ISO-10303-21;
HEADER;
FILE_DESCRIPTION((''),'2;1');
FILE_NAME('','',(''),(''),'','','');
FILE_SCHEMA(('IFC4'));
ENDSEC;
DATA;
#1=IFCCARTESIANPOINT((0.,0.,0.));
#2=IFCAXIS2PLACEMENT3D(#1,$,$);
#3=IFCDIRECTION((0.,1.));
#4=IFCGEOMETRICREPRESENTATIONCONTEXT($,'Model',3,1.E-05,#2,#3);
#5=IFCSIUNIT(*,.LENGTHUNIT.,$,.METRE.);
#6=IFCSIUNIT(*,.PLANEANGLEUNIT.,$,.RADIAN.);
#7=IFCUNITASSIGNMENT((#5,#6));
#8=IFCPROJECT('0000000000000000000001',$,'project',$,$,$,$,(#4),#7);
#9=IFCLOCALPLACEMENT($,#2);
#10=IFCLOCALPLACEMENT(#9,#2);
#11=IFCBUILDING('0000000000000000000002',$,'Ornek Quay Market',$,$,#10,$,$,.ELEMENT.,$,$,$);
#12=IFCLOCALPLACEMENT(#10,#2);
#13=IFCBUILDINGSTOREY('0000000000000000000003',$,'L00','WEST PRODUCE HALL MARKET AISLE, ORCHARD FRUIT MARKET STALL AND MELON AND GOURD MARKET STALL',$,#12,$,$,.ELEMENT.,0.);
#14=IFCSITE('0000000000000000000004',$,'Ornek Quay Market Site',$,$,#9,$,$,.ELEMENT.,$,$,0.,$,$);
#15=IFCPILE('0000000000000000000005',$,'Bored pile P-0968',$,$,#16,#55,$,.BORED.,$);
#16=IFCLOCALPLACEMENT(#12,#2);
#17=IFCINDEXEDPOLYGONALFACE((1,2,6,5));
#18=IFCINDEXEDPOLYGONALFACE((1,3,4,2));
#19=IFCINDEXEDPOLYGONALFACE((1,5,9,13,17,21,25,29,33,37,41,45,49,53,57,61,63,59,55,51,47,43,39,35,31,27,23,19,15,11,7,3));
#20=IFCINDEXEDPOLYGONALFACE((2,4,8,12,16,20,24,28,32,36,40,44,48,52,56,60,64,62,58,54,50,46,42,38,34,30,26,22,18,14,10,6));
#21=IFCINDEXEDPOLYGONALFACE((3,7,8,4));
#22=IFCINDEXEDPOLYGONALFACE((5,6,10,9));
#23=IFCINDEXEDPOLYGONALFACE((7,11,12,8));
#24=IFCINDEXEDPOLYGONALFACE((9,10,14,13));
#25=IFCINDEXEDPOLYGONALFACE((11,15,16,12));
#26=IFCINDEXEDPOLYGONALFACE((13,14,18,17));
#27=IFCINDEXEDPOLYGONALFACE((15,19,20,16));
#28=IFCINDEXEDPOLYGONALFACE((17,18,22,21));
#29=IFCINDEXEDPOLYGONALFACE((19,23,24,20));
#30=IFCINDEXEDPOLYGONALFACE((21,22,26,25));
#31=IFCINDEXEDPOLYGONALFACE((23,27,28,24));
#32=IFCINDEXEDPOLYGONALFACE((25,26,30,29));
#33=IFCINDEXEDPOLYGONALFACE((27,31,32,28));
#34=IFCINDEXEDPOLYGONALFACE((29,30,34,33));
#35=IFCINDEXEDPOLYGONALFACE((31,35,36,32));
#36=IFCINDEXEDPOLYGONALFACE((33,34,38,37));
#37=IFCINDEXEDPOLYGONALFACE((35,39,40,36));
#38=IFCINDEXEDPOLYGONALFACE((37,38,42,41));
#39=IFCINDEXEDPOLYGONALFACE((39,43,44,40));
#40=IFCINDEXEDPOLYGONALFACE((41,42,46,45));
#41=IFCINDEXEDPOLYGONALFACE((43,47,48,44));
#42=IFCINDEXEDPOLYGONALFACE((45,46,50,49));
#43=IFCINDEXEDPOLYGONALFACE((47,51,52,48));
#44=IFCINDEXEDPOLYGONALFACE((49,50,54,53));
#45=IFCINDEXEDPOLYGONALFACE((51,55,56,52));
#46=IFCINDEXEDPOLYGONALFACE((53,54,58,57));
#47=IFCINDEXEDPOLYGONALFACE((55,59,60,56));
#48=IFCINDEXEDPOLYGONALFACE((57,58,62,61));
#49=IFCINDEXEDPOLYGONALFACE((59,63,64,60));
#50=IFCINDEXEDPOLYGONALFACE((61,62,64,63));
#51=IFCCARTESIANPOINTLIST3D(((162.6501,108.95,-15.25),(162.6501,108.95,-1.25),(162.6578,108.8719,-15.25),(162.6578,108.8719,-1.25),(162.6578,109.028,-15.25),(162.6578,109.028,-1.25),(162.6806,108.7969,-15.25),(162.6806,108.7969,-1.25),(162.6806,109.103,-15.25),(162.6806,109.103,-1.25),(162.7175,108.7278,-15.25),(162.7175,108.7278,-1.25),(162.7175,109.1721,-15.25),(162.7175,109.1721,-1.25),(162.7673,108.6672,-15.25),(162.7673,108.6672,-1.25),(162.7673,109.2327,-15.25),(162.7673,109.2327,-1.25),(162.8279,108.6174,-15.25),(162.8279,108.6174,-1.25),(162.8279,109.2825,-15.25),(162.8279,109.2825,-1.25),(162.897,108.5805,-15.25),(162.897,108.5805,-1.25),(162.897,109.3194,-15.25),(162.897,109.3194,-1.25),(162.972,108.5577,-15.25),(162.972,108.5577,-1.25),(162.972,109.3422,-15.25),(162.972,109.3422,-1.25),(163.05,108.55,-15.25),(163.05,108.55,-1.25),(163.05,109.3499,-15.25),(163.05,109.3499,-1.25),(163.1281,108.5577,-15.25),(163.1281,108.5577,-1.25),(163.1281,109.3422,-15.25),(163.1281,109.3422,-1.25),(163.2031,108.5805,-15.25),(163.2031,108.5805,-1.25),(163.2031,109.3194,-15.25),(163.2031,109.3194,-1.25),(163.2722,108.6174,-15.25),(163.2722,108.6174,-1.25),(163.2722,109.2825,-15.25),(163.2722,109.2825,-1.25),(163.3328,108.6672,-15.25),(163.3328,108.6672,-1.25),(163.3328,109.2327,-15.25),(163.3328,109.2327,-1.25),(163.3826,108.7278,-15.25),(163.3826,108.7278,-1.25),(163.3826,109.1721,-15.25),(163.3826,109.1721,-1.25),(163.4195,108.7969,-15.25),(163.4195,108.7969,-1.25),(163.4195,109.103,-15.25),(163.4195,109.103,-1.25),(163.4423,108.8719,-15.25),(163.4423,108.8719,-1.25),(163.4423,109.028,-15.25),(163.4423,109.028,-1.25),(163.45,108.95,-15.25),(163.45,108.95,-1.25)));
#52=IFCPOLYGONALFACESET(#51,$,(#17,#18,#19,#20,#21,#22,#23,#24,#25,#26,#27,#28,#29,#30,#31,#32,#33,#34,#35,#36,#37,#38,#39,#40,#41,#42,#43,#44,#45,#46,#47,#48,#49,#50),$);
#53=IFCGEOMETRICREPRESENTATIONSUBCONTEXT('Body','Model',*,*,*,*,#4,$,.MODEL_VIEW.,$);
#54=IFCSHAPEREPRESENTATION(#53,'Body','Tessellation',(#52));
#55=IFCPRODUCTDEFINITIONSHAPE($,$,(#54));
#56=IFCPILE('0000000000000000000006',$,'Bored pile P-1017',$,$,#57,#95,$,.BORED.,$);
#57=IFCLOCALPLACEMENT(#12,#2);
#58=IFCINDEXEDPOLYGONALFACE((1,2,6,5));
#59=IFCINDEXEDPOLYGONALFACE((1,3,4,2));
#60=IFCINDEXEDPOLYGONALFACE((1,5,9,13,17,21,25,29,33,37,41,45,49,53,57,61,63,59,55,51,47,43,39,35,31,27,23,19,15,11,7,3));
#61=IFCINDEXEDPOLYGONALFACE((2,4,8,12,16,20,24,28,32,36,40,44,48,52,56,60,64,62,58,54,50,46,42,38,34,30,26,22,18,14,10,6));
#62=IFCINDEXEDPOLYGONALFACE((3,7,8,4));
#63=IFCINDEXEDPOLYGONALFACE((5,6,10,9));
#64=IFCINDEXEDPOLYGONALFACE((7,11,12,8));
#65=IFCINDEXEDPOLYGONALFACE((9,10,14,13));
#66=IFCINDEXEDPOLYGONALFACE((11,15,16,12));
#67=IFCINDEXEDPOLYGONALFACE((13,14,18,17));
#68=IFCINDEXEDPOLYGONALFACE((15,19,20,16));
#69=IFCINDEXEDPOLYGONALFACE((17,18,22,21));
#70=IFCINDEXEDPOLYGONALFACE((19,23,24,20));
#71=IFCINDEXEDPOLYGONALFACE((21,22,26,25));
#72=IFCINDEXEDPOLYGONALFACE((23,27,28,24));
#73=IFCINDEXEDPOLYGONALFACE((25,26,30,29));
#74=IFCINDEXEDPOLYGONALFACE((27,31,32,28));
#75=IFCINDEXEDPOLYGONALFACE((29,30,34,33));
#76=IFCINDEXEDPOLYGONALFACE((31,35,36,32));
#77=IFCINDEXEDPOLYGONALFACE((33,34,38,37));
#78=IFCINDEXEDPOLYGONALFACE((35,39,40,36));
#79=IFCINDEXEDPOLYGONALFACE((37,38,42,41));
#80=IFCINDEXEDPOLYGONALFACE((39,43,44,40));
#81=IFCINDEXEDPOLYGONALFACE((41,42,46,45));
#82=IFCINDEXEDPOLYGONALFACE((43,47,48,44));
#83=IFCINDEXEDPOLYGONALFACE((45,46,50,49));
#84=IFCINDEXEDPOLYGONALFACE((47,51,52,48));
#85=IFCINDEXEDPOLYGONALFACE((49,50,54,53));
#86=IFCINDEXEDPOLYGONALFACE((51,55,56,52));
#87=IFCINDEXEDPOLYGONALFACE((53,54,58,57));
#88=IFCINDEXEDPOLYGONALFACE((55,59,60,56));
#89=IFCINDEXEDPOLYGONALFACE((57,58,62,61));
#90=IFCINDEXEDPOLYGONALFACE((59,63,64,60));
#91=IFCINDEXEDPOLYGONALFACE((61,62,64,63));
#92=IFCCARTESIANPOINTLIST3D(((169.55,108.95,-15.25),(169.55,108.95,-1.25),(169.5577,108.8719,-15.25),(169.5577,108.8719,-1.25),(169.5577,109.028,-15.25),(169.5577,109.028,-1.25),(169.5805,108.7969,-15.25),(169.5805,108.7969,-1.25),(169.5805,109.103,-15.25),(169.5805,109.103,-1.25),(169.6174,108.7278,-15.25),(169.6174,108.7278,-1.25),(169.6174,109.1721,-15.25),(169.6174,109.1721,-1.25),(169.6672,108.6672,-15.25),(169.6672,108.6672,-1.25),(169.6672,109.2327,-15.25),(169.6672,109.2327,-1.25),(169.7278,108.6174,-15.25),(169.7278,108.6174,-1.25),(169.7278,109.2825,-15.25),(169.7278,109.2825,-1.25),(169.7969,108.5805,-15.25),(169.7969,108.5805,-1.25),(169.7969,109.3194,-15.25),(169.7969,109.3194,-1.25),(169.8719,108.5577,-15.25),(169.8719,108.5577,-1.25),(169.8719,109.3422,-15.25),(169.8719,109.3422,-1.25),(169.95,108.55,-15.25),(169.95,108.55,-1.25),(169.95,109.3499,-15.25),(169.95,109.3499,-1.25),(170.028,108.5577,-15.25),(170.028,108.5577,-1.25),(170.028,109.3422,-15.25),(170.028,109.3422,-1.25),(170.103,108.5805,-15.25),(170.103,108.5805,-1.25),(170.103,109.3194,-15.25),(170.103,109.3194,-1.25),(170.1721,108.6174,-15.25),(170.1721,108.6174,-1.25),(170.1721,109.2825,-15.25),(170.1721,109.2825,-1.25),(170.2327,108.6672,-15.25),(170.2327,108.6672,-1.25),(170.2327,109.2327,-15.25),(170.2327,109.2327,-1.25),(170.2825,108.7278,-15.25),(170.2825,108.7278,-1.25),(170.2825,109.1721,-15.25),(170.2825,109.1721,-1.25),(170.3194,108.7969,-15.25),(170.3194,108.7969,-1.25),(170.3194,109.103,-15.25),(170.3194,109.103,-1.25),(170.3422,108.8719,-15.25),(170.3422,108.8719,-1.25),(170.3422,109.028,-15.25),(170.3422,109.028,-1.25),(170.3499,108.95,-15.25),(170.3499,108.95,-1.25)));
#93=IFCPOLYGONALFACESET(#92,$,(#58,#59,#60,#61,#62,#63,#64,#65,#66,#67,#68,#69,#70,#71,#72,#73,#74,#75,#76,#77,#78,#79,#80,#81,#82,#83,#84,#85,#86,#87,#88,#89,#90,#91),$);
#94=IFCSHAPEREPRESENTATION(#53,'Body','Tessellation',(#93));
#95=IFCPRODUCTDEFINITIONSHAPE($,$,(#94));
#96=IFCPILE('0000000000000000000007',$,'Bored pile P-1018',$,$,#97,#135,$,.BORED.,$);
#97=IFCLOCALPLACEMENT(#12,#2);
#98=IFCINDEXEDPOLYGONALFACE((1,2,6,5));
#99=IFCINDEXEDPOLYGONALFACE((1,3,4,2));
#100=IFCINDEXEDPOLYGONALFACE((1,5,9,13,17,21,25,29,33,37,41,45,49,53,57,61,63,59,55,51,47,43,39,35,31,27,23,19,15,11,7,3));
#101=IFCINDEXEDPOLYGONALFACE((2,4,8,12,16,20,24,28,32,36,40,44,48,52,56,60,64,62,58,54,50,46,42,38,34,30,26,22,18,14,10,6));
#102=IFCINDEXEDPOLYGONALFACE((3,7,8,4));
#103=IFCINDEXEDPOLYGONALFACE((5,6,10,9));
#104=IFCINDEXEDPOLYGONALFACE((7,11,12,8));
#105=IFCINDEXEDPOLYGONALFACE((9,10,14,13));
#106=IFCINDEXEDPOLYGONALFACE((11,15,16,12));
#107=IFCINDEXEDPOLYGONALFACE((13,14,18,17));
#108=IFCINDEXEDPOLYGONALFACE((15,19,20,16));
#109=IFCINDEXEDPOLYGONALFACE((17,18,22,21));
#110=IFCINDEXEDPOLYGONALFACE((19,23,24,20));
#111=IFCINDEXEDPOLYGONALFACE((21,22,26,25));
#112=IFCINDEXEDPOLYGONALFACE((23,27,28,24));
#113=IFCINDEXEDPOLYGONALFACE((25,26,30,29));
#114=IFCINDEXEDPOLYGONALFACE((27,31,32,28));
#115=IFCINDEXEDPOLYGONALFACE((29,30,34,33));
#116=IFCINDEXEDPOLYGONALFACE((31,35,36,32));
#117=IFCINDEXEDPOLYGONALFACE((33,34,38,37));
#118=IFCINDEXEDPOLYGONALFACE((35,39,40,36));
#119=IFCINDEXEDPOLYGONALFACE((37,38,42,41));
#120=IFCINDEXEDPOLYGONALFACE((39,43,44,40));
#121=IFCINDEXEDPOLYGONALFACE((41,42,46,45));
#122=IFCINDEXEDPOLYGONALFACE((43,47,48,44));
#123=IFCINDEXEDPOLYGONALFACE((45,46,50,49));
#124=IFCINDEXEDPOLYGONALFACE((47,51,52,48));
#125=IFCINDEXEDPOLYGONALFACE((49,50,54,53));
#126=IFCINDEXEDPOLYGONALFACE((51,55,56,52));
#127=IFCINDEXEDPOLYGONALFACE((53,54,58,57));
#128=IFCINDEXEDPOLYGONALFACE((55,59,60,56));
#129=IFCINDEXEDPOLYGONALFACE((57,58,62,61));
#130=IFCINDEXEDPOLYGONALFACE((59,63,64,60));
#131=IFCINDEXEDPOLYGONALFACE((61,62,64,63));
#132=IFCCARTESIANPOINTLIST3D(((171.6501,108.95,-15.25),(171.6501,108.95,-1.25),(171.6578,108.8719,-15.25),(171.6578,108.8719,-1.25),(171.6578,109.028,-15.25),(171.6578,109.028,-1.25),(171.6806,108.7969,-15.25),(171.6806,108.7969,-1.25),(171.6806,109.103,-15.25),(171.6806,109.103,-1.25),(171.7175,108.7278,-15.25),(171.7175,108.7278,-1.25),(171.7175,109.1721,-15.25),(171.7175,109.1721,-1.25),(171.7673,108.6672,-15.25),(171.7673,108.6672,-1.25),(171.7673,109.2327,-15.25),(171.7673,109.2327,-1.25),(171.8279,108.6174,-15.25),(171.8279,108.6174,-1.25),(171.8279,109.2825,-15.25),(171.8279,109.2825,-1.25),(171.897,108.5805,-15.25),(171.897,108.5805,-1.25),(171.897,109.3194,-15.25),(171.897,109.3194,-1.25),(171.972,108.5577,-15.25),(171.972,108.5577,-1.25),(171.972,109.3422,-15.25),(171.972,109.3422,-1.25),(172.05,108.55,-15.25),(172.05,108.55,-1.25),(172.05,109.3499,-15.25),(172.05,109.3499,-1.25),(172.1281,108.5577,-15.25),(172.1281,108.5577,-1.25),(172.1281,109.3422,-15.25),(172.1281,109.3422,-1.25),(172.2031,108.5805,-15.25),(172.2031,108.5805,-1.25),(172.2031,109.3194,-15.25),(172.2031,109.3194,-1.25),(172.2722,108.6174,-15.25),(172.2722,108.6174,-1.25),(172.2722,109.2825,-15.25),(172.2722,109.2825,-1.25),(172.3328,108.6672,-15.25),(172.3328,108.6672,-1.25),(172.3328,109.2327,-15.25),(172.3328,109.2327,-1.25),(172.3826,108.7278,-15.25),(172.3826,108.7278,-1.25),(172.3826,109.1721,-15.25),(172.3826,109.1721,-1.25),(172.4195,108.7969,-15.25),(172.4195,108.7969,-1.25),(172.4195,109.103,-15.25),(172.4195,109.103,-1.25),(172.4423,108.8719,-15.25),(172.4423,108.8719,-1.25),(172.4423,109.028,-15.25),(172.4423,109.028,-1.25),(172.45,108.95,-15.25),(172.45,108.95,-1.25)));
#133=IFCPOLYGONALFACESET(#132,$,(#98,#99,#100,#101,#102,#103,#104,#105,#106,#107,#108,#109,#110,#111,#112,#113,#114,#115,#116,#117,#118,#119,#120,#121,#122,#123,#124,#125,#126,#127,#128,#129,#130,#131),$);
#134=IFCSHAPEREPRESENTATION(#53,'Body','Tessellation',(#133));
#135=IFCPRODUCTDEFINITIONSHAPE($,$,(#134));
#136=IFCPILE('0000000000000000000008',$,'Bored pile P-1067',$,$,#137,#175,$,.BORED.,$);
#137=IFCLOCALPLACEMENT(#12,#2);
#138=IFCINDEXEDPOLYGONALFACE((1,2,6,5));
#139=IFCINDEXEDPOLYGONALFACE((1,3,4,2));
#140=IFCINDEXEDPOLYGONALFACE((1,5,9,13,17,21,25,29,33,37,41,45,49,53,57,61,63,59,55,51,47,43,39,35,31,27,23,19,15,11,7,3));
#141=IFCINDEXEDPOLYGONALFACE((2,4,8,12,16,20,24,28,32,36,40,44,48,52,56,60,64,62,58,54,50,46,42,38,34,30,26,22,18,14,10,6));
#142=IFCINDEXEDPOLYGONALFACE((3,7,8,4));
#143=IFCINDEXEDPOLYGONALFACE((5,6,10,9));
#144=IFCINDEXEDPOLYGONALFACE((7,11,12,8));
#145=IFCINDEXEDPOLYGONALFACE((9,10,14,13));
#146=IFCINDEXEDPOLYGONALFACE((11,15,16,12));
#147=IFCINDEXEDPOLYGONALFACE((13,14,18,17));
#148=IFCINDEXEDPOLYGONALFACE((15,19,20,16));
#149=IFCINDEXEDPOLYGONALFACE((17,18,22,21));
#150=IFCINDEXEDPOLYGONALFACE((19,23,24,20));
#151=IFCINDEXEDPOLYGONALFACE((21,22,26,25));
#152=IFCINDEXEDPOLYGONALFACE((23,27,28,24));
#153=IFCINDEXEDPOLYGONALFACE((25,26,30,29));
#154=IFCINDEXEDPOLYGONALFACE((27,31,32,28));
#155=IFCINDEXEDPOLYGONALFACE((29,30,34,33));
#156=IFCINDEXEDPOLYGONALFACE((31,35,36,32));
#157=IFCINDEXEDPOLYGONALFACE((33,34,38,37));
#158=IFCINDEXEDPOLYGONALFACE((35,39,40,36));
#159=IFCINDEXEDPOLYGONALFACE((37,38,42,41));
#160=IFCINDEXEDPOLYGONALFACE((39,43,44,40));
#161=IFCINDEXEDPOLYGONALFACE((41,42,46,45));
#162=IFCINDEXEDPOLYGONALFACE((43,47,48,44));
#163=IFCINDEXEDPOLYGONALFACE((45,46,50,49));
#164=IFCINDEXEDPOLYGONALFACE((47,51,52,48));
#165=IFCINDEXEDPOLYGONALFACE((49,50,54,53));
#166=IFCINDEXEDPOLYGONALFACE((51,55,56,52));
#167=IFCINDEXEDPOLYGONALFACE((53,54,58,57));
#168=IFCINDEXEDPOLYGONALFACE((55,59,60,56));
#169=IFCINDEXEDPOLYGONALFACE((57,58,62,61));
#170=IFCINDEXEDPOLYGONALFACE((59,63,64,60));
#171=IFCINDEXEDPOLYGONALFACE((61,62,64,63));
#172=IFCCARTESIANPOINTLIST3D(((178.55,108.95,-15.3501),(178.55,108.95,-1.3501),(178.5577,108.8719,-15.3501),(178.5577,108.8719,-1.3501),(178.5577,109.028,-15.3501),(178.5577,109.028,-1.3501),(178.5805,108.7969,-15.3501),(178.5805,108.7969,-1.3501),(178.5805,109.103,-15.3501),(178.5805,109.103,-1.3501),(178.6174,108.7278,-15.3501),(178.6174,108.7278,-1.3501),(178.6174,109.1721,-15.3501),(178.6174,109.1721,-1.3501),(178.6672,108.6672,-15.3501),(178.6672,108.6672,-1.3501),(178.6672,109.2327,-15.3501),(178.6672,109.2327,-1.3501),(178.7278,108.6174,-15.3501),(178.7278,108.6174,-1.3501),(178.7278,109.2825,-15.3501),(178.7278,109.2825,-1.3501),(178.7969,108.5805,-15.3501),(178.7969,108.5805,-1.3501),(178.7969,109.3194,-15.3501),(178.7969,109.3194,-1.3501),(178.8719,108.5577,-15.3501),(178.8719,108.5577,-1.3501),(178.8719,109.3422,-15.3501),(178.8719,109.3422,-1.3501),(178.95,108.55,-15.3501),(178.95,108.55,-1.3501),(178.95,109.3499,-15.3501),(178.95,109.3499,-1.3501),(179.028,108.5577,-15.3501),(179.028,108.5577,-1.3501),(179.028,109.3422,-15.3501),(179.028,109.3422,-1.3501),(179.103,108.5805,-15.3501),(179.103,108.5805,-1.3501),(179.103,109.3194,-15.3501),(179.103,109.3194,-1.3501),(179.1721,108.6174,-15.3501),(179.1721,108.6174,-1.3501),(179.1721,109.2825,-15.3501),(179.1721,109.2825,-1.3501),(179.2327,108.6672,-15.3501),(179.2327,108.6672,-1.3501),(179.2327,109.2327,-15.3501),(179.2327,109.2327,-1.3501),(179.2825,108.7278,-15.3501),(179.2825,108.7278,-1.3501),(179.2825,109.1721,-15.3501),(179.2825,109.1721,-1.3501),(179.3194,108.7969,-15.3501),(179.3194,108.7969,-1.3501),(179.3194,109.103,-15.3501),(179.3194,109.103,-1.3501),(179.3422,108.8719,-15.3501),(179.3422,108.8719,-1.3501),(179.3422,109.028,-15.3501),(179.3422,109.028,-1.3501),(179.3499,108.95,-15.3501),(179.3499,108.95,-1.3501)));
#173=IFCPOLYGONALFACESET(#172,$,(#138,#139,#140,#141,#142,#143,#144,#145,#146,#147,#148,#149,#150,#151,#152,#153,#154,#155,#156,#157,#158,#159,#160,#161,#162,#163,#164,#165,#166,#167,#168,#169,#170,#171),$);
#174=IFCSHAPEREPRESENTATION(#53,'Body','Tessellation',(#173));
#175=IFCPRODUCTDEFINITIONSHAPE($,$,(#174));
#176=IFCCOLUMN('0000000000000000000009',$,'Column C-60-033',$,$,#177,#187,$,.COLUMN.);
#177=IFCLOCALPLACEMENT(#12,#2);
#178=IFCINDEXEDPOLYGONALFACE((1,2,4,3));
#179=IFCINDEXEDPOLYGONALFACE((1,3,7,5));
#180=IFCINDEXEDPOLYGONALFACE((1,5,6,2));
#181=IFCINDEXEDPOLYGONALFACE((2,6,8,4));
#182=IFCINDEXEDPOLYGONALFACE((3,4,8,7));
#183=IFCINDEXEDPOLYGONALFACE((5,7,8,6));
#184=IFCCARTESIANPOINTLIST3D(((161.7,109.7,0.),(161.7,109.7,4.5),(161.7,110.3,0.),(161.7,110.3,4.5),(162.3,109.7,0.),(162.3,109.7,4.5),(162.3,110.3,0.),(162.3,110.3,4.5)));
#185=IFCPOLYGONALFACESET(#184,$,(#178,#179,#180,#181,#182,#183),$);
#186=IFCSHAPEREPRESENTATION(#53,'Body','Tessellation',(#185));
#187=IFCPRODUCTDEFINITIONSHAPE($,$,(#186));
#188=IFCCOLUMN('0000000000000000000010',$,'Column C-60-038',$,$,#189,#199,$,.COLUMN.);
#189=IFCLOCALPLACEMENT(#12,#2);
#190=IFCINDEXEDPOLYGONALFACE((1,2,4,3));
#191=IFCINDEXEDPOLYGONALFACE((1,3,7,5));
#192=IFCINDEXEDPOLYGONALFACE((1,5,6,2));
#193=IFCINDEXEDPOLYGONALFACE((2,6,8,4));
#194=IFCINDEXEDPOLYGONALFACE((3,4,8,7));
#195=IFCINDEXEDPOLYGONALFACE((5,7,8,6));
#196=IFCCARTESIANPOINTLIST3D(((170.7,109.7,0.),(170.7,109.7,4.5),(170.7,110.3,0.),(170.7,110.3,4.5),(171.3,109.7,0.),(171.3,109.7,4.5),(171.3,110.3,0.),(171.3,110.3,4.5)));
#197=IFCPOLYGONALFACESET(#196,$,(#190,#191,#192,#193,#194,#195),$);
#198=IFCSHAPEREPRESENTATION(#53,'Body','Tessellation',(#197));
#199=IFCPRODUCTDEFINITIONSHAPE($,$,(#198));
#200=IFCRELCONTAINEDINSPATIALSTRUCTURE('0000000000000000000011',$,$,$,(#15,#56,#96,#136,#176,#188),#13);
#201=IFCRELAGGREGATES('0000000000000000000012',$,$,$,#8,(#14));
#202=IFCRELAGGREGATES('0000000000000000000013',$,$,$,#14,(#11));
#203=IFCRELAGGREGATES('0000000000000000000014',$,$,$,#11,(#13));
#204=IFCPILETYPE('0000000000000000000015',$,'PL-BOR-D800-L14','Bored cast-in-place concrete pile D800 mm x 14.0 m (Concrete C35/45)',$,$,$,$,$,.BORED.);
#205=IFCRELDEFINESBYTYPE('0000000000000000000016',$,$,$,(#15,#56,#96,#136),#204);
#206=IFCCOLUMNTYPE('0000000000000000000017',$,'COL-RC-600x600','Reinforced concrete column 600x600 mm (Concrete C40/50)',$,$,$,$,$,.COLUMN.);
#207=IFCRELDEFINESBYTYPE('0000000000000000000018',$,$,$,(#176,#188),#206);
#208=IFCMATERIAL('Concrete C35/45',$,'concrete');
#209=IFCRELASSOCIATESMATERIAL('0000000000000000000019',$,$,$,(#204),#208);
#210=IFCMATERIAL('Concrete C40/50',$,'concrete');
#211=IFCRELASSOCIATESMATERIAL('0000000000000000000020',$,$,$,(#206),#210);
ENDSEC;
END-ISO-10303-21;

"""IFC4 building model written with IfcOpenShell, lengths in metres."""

from ifc_helpers import new_model, si_unit, direction, frame, origin, origin_2d, place, context, subcontext, project, spatial, rectangle, circle, extrude, material, material_profile, profile_set, type_object, element, save


model = new_model("IFC4")

# Units and contexts
model_context = context("Model", 3, precision=1e-05, world=origin(), true_north=direction((0.0, 1.0)))
body_context = subcontext(model_context, "Body", "Model", "MODEL_VIEW")
ifc_project = project(units=[si_unit("LENGTHUNIT", "METRE"), si_unit("PLANEANGLEUNIT", "RADIAN")], contexts=[model_context])

# Site, building, storey
site_placement = place(None, origin())
site = spatial("IfcSite", under=ifc_project, at=site_placement, Name="Ornek Quay Market Site", CompositionType="ELEMENT", RefElevation=0.0)
building_placement = place(site_placement, origin())
building = spatial("IfcBuilding", under=site, at=building_placement, Name="Ornek Quay Market", CompositionType="ELEMENT")
storey_placement = place(building_placement, origin())
storey = spatial("IfcBuildingStorey", under=building, at=storey_placement, Name="L00", Description="WEST PRODUCE HALL MARKET AISLE, ORCHARD FRUIT MARKET STALL AND MELON AND GOURD MARKET STALL", CompositionType="ELEMENT", Elevation=0.0)

# Piles
ifc_material_1 = material(Name="Concrete C35/45", Category="concrete")
ifc_material_profile_1 = material_profile(ifc_material_1, circle(Radius=0.3999, at=origin_2d()), Name="PILE D800", Category="concrete")
ifc_profile_set_1 = profile_set([ifc_material_profile_1], Name="Concrete C35/45")
pile_type = type_object("IfcPileType", Name="PL-BOR-D800-L14", Description="Bored cast-in-place concrete pile D800 mm x 14.0 m (Concrete C35/45)", PredefinedType="BORED", material=ifc_profile_set_1)
for number, where, z_axis, x_axis, name in (
    (1, (163.05, 108.95, -1.25), (0.0, 0.0, -1.0), (1.0, 0.0, 0.0), "Bored pile P-0968"),
    (2, (169.95, 108.95, -1.25), (0.0, 0.0, -1.0), (1.0, 0.0, 0.0), "Bored pile P-1017"),
    (3, (172.05, 108.95, -1.25), (0.0, 0.0, -1.0), (1.0, 0.0, 0.0), "Bored pile P-1018"),
    (4, (178.95, 108.95, -1.3501), (0.0, 0.0, -1.0), (1.0, 0.0, 0.0), "Bored pile P-1067"),
):
    element("IfcPile", number, at=place(storey_placement, frame(where, z_axis=z_axis, x_axis=x_axis)), inside=storey, type_object=pile_type, Name=name, PredefinedType="BORED", context=body_context, shape_type="SweptSolid", body=[
        extrude(circle(Radius=0.3999, at=origin_2d()), origin(), (0.0, 0.0, 1.0), 14.0),
    ])

# Columns
ifc_material_2 = material(Name="Concrete C40/50", Category="concrete")
ifc_material_profile_2 = material_profile(ifc_material_2, rectangle(XDim=0.6001, YDim=0.6001, at=origin_2d()), Name="RC 600x600", Category="concrete")
ifc_profile_set_2 = profile_set([ifc_material_profile_2], Name="Concrete C40/50")
column_type = type_object("IfcColumnType", Name="COL-RC-600x600", Description="Reinforced concrete column 600x600 mm (Concrete C40/50)", PredefinedType="COLUMN", material=ifc_profile_set_2)
for number, where, z_axis, x_axis, name in (
    (5, (162.0, 110.0, 0.0), (0.0, 0.0, 1.0), (1.0, 0.0, 0.0), "Column C-60-033"),
    (6, (171.0, 110.0, 0.0), (0.0, 0.0, 1.0), (1.0, 0.0, 0.0), "Column C-60-038"),
):
    element("IfcColumn", number, at=place(storey_placement, frame(where, z_axis=z_axis, x_axis=x_axis)), inside=storey, type_object=column_type, Name=name, PredefinedType="COLUMN", context=body_context, shape_type="SweptSolid", body=[
        extrude(rectangle(XDim=0.6001, YDim=0.6001, at=origin_2d()), origin(), (0.0, 0.0, 1.0), 4.5),
    ])

save(model, "model.ifc")
